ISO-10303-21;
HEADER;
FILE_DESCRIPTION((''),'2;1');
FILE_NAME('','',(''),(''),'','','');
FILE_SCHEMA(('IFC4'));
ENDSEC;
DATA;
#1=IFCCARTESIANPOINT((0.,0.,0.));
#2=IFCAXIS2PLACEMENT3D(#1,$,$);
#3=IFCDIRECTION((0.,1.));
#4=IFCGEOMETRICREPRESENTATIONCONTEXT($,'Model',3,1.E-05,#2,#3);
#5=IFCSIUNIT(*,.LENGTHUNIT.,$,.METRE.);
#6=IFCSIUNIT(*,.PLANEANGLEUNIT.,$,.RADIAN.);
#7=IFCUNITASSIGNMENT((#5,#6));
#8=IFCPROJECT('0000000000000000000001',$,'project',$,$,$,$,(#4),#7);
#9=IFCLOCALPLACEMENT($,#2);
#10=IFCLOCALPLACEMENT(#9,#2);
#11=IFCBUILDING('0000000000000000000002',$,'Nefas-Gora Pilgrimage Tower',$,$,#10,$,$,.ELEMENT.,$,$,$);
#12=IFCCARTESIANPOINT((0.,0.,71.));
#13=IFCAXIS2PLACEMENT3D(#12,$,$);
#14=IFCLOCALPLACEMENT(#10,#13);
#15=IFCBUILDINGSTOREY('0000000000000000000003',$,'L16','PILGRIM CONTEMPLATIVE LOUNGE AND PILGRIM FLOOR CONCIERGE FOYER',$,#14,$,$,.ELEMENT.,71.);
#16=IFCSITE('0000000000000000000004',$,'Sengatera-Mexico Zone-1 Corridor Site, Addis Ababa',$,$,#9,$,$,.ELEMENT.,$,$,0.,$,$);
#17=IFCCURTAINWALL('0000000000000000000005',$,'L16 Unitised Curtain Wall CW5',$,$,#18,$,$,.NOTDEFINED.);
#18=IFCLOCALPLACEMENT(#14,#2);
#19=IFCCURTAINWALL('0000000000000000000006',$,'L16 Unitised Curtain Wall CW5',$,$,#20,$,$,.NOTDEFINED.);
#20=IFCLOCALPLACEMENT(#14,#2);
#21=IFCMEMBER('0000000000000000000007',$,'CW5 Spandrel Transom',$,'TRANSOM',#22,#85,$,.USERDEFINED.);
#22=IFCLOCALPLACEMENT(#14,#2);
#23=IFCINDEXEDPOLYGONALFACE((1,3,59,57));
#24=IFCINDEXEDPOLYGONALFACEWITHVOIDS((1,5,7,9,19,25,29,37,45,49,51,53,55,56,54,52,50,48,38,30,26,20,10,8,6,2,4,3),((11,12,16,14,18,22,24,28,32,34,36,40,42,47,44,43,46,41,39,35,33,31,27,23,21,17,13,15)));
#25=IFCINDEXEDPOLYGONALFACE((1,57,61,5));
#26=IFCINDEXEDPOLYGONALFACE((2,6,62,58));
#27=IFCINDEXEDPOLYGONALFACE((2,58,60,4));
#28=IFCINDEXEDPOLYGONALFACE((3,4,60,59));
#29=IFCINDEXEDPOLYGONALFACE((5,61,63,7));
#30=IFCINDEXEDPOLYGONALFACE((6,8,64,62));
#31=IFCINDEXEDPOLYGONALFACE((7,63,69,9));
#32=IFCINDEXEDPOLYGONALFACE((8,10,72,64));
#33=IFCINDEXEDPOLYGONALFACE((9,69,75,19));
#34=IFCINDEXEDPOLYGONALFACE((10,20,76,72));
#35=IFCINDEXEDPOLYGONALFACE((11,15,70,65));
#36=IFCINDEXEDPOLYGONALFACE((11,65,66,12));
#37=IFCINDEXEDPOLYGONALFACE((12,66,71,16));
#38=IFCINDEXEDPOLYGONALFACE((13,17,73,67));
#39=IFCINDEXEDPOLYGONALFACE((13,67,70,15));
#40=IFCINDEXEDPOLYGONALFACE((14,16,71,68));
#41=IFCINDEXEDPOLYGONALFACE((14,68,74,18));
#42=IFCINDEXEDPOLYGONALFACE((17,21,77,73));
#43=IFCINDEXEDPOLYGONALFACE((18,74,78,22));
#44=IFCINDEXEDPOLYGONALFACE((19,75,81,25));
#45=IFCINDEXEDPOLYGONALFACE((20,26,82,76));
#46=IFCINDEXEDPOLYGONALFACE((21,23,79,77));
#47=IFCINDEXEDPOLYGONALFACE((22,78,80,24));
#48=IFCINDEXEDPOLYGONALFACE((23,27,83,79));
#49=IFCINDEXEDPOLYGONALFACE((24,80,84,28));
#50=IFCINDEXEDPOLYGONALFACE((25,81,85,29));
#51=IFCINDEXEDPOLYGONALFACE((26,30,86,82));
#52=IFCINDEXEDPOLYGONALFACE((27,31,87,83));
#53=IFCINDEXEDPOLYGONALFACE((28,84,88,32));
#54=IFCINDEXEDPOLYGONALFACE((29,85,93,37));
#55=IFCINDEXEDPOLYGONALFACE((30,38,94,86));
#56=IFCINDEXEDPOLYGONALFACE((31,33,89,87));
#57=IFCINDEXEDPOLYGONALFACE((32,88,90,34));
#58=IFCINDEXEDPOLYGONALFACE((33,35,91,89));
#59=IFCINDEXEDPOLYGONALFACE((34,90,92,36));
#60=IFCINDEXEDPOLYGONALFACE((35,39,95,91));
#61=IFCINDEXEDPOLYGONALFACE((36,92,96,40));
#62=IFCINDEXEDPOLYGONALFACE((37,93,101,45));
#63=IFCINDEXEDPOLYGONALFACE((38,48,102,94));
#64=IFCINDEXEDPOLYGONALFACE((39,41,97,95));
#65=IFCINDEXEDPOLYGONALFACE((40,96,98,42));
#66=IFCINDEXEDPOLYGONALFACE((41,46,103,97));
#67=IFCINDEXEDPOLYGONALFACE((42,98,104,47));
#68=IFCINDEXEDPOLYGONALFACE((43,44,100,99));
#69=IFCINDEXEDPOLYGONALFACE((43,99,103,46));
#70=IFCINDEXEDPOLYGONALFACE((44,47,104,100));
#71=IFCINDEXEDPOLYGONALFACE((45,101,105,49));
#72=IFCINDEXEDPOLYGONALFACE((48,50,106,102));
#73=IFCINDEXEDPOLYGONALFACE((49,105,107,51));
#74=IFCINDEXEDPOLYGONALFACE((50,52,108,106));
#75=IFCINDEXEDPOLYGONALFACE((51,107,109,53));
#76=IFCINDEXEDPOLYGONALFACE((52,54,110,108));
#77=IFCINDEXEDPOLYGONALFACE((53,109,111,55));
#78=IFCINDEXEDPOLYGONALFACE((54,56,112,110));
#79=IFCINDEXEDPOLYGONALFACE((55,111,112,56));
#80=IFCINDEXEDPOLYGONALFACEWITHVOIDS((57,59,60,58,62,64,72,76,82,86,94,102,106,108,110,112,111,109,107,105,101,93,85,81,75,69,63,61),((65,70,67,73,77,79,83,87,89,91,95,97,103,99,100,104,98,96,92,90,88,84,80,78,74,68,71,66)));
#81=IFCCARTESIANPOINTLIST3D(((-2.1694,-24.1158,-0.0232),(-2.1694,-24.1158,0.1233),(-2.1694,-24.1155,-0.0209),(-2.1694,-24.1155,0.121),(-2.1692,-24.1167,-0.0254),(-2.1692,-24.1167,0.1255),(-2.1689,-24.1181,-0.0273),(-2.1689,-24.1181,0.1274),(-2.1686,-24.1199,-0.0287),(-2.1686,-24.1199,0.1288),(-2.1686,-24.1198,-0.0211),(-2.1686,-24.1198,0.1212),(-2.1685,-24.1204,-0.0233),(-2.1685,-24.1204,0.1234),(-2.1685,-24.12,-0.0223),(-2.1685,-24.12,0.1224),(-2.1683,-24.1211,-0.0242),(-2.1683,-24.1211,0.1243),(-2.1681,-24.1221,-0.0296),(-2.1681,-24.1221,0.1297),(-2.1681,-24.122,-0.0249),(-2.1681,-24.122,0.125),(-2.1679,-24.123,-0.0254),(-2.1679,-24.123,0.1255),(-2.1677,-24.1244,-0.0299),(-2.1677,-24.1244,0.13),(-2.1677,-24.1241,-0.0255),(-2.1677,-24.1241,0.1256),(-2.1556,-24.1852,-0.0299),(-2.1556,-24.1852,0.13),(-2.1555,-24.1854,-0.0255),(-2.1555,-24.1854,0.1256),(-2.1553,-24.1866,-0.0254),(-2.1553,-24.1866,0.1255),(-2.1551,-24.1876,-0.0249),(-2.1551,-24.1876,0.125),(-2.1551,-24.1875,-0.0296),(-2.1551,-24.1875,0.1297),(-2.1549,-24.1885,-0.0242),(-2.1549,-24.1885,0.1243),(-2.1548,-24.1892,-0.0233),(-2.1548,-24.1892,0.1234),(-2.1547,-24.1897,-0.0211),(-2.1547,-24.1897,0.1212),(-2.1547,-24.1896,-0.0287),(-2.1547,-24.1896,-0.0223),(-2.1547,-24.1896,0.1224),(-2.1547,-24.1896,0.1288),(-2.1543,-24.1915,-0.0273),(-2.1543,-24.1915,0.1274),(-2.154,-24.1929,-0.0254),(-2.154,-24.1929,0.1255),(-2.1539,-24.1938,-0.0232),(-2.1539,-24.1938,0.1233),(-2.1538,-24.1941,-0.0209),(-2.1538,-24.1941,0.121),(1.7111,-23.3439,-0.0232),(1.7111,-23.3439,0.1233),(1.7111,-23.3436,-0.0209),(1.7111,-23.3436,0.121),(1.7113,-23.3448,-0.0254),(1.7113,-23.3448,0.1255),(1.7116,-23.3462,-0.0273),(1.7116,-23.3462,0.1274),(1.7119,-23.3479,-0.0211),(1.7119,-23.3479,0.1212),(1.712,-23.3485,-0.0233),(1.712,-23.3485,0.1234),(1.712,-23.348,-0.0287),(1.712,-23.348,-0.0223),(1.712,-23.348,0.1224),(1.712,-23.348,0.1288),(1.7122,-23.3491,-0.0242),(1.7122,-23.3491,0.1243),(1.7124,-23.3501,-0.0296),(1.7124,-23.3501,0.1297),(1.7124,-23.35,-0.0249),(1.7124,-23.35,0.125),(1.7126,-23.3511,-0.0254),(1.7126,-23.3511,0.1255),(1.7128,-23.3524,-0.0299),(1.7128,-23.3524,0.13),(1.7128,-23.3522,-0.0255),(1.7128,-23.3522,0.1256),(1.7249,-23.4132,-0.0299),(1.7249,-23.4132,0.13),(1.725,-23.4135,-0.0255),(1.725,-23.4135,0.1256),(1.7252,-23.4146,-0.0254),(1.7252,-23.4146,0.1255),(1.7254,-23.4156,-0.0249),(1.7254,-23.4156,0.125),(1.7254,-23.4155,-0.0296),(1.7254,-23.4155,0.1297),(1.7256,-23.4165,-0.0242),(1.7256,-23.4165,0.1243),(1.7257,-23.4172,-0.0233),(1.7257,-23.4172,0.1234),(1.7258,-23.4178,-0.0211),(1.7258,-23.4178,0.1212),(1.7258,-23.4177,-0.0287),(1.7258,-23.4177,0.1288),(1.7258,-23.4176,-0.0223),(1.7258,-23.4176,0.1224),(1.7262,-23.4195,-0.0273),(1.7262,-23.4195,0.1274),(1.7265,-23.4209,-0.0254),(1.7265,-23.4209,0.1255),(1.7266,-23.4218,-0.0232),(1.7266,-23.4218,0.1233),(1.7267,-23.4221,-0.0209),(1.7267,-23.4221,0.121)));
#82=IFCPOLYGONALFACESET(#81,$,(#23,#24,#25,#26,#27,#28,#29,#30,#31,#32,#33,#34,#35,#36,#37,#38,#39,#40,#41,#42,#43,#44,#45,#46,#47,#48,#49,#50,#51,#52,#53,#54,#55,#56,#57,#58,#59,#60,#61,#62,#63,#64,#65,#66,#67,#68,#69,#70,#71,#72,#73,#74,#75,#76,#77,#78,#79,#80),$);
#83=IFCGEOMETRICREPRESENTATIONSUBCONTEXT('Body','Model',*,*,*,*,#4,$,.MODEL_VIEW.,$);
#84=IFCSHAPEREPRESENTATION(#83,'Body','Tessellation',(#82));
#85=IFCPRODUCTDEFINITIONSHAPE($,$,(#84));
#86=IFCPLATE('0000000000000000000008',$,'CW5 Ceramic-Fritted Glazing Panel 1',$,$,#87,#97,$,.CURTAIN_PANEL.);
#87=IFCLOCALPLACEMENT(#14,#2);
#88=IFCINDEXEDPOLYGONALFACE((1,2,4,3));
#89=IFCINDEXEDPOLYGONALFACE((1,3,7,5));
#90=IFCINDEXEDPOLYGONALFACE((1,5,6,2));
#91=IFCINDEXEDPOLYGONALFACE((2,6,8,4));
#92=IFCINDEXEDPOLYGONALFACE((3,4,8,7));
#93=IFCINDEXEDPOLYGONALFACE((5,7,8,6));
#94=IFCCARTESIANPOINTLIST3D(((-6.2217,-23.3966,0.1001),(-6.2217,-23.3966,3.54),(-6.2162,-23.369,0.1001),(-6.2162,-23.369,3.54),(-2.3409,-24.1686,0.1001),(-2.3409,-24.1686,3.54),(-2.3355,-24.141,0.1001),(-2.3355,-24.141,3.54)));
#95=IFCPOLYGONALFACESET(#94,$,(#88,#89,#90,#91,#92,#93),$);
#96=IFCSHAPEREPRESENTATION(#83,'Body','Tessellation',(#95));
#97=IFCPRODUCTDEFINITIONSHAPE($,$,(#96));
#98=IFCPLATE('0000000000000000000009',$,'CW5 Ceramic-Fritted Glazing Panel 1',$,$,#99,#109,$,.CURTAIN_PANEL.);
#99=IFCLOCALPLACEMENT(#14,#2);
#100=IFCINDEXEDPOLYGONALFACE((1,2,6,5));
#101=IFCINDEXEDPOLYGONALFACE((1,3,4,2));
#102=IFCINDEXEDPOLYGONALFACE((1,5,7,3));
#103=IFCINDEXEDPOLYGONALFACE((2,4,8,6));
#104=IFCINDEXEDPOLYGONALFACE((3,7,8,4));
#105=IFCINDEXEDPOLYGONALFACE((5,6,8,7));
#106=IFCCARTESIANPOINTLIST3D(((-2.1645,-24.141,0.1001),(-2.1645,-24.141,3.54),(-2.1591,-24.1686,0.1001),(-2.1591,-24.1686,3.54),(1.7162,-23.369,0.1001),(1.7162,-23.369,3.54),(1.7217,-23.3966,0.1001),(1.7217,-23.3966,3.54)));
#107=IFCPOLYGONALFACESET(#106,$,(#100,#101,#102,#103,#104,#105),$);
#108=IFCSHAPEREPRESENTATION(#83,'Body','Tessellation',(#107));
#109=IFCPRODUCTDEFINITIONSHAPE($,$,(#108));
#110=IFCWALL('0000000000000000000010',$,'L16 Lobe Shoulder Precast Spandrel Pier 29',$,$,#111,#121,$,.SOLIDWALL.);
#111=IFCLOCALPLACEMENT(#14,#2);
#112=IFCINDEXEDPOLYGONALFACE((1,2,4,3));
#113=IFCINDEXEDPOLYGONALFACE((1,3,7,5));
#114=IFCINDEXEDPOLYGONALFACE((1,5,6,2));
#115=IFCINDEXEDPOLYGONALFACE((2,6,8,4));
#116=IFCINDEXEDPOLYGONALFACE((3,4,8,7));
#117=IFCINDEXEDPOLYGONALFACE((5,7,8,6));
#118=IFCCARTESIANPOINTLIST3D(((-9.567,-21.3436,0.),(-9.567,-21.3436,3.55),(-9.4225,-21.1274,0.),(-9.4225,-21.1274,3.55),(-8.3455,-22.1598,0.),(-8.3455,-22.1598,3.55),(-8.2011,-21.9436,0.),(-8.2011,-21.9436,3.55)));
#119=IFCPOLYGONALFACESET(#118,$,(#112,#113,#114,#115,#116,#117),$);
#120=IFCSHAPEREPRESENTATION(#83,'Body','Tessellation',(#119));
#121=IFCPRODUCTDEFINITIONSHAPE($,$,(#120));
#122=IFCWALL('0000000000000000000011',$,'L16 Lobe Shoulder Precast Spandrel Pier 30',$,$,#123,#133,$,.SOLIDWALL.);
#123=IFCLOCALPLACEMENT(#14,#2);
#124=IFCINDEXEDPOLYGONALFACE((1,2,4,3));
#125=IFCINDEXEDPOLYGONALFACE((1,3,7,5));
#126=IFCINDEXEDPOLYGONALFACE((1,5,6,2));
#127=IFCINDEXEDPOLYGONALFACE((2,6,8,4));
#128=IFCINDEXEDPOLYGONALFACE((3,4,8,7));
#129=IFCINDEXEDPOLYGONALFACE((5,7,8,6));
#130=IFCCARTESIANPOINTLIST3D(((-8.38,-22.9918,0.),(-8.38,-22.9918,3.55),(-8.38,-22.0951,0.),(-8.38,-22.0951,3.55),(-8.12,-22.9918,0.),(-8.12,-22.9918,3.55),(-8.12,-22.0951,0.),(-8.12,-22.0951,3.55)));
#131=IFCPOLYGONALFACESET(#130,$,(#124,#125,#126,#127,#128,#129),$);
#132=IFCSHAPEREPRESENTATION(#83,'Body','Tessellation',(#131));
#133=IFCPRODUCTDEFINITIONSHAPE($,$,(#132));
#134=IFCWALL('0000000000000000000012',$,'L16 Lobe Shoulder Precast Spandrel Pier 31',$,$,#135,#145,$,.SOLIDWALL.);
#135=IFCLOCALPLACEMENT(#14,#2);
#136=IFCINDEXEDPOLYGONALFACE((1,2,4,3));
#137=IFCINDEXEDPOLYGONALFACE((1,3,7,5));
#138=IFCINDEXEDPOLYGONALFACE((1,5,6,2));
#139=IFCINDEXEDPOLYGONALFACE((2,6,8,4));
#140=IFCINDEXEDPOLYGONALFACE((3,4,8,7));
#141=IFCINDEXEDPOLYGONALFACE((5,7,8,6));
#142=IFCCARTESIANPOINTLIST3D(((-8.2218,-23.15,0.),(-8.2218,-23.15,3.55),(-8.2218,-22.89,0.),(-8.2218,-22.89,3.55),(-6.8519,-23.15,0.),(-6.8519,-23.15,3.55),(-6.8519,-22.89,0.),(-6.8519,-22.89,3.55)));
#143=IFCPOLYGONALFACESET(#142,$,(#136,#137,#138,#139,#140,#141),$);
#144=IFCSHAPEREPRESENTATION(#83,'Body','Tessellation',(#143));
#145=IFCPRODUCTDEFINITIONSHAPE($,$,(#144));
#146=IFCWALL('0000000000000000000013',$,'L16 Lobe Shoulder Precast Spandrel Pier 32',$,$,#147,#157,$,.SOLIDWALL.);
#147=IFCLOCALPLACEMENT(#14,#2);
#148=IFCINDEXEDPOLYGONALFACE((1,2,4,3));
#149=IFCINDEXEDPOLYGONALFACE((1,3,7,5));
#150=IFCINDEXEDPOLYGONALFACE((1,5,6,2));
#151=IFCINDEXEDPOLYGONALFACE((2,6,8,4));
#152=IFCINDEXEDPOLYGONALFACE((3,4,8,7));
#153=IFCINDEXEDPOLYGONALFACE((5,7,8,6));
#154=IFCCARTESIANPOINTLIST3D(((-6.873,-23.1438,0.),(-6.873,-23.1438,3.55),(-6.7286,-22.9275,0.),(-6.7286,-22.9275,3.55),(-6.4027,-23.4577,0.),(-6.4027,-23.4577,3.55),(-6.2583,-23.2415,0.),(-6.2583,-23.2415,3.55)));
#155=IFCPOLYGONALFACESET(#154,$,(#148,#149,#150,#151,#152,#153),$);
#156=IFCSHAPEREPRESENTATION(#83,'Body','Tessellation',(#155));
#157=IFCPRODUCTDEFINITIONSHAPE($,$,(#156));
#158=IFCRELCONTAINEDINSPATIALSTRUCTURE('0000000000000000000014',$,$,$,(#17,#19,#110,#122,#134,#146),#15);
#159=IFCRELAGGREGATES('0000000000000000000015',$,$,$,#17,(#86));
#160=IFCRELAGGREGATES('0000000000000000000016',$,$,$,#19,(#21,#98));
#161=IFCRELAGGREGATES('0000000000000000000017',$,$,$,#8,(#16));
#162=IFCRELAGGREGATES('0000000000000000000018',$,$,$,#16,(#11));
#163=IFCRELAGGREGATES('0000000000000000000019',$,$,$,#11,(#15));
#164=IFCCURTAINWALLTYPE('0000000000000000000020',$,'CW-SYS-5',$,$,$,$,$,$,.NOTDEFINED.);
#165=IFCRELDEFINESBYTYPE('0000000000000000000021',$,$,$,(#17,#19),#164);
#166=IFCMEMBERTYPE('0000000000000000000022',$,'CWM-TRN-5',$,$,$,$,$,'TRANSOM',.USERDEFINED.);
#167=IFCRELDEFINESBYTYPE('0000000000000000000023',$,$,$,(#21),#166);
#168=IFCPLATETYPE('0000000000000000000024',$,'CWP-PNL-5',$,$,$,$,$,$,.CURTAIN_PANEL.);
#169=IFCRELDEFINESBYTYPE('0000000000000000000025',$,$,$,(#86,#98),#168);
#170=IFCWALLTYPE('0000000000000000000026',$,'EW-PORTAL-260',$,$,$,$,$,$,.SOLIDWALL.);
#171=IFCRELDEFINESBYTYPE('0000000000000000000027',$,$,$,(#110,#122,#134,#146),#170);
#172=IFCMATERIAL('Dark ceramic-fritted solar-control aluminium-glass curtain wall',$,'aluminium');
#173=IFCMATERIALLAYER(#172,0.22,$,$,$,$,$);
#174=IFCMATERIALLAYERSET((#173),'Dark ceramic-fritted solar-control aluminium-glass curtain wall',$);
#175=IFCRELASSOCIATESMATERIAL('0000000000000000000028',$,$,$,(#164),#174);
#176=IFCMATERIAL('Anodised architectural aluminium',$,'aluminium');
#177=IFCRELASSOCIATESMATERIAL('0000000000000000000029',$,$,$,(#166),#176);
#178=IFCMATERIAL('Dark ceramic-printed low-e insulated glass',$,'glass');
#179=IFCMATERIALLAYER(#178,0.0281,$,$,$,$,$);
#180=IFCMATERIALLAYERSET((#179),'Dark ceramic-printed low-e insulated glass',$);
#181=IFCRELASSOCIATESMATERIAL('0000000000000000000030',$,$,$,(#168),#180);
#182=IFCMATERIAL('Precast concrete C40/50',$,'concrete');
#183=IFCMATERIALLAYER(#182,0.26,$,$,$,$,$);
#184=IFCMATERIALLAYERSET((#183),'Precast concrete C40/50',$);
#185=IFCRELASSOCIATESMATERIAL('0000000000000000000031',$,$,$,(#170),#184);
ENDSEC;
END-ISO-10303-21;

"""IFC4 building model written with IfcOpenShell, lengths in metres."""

from ifc_helpers import new_model, si_unit, direction, frame, frame_2d, origin, origin_2d, place, context, subcontext, project, spatial, rectangle, hollow_rectangle, extrude, source, transform, mapped, material, layer, layer_set, material_profile, profile_set, type_object, element, aggregate, save


model = new_model("IFC4")

# Units and contexts
model_context = context("Model", 3, precision=1e-05, world=origin(), true_north=direction((0.0, 1.0)))
body_context = subcontext(model_context, "Body", "Model", "MODEL_VIEW")
ifc_project = project(units=[si_unit("LENGTHUNIT", "METRE"), si_unit("PLANEANGLEUNIT", "RADIAN")], contexts=[model_context])

# Site, building, storey
site_placement = place(None, origin())
site = spatial("IfcSite", under=ifc_project, at=site_placement, Name="Sengatera-Mexico Zone-1 Corridor Site, Addis Ababa", CompositionType="ELEMENT", RefElevation=0.0)
building_placement = place(site_placement, origin())
building = spatial("IfcBuilding", under=site, at=building_placement, Name="Nefas-Gora Pilgrimage Tower", CompositionType="ELEMENT")
storey_placement = place(building_placement, frame((0.0, 0.0, 71.0)))
storey = spatial("IfcBuildingStorey", under=building, at=storey_placement, Name="L16", Description="PILGRIM CONTEMPLATIVE LOUNGE AND PILGRIM FLOOR CONCIERGE FOYER", CompositionType="ELEMENT", Elevation=71.0)

# Shared definitions
ifc_material_1 = material(Name="Dark ceramic-fritted solar-control aluminium-glass curtain wall", Category="aluminium")
ifc_layer_1 = layer(ifc_material_1, 0.22)
ifc_layer_set_1 = layer_set([ifc_layer_1], Name="Dark ceramic-fritted solar-control aluminium-glass curtain wall")
curtain_wall_type = type_object("IfcCurtainWallType", Name="CW-SYS-5", PredefinedType="NOTDEFINED", material=ifc_layer_set_1)
ifc_material_2 = material(Name="Anodised architectural aluminium", Category="aluminium")

# Curtain wall
curtain_wall_1_placement = place(storey_placement, origin())
curtain_wall_1 = element("IfcCurtainWall", 1, at=curtain_wall_1_placement, inside=storey, type_object=curtain_wall_type, Name="L16 Unitised Curtain Wall CW5", PredefinedType="NOTDEFINED")

# Curtain wall
curtain_wall_2_placement = place(storey_placement, origin())
curtain_wall_2 = element("IfcCurtainWall", 2, at=curtain_wall_2_placement, inside=storey, type_object=curtain_wall_type, Name="L16 Unitised Curtain Wall CW5", PredefinedType="NOTDEFINED")

# Member
ifc_material_profile_1 = material_profile(ifc_material_2, hollow_rectangle(XDim=0.0801, YDim=0.1599, WallThickness=0.0044, InnerFilletRadius=0.0044, OuterFilletRadius=0.009, at=origin_2d()), Name="ALU TRANSOM 80x160")
ifc_profile_set_1 = profile_set([ifc_material_profile_1], Name="Anodised architectural aluminium")
member_type_1 = type_object("IfcMemberType", Name="CWM-TRN-5", ElementType="TRANSOM", PredefinedType="USERDEFINED", material=ifc_profile_set_1)
shared_shape_1 = source(origin(), body_context, "Body", "SweptSolid", [
    extrude(hollow_rectangle(XDim=0.0801, YDim=0.1599, WallThickness=0.0044, InnerFilletRadius=0.0044, OuterFilletRadius=0.009, at=origin_2d()), origin(), (0.0, 0.0, 1.0), 3.9565),
])
member_1_placement = place(storey_placement, frame((-2.1616, -24.1548, 0.05), z_axis=(0.980782, 0.195107, 0.0), x_axis=(-0.195107, 0.980782, 0.0)))
member_1 = element("IfcMember", 3, at=member_1_placement, type_object=member_type_1, Name="CW5 Spandrel Transom", ObjectType="TRANSOM", PredefinedType="USERDEFINED", context=body_context, shape_type="MappedRepresentation", body=[
    mapped(shared_shape_1, transform((0.0, 0.0, 0.0), x_axis=(1.0, 0.0, 0.0), y_axis=(0.0, 1.0, 0.0), z_axis=(0.0, 0.0, 1.0), scale=1.0)),
])

# Plates
ifc_material_3 = material(Name="Dark ceramic-printed low-e insulated glass", Category="glass")
ifc_layer_2 = layer(ifc_material_3, 0.0281)
ifc_layer_set_2 = layer_set([ifc_layer_2], Name="Dark ceramic-printed low-e insulated glass")
plate_type = type_object("IfcPlateType", Name="CWP-PNL-5", PredefinedType="CURTAIN_PANEL", material=ifc_layer_set_2)
shared_shape_2 = source(origin(), body_context, "Body", "SweptSolid", [
    extrude(rectangle(XDim=3.9568, YDim=0.0281, at=origin_2d()), origin(), (0.0, 0.0, 1.0), 3.4399),
])
plate_1_placement = place(storey_placement, frame((-4.2786, -23.7688, 0.1001), z_axis=(0.0, 0.0, 1.0), x_axis=(0.980783, -0.195102, 0.0)))
plate_1 = element("IfcPlate", 4, at=plate_1_placement, type_object=plate_type, Name="CW5 Ceramic-Fritted Glazing Panel 1", PredefinedType="CURTAIN_PANEL", context=body_context, shape_type="MappedRepresentation", body=[
    mapped(shared_shape_2, transform((0.0, 0.0, 0.0), x_axis=(1.0, 0.0, 0.0), y_axis=(0.0, 1.0, 0.0), z_axis=(0.0, 0.0, 1.0), scale=1.0)),
])
aggregate(curtain_wall_1, [plate_1])
plate_2_placement = place(storey_placement, frame((-0.2214, -23.7688, 0.1001), z_axis=(0.0, 0.0, 1.0), x_axis=(0.980783, 0.195102, 0.0)))
plate_2 = element("IfcPlate", 5, at=plate_2_placement, type_object=plate_type, Name="CW5 Ceramic-Fritted Glazing Panel 1", PredefinedType="CURTAIN_PANEL", context=body_context, shape_type="MappedRepresentation", body=[
    mapped(shared_shape_2, transform((0.0, 0.0, 0.0), x_axis=(1.0, 0.0, 0.0), y_axis=(0.0, 1.0, 0.0), z_axis=(0.0, 0.0, 1.0), scale=1.0)),
])
aggregate(curtain_wall_2, [member_1, plate_2])

# Walls
ifc_material_4 = material(Name="Precast concrete C40/50", Category="concrete")
ifc_layer_3 = layer(ifc_material_4, 0.26)
ifc_layer_set_3 = layer_set([ifc_layer_3], Name="Precast concrete C40/50")
wall_type_1 = type_object("IfcWallType", Name="EW-PORTAL-260", PredefinedType="SOLIDWALL", material=ifc_layer_set_3)
shared_shape_3 = source(origin(), body_context, "Body", "SweptSolid", [
    extrude(rectangle(XDim=1.469, YDim=0.26, at=frame_2d((0.7344, 0.0))), origin(), (0.0, 0.0, 1.0), 3.55),
])
wall_1_placement = place(storey_placement, frame((-9.4946, -21.2356, 0.0), z_axis=(0.0, 0.0, 1.0), x_axis=(0.831462, -0.555582, 0.0)))
element("IfcWall", 6, at=wall_1_placement, inside=storey, type_object=wall_type_1, Name="L16 Lobe Shoulder Precast Spandrel Pier 29", PredefinedType="SOLIDWALL", context=body_context, shape_type="MappedRepresentation", body=[
    mapped(shared_shape_3, transform((0.0, 0.0, 0.0), x_axis=(1.0, 0.0, 0.0), y_axis=(0.0, 1.0, 0.0), z_axis=(0.0, 0.0, 1.0), scale=1.0)),
])
shared_shape_4 = source(origin(), body_context, "Body", "SweptSolid", [
    extrude(rectangle(XDim=0.8967, YDim=0.26, at=frame_2d((0.4482, 0.0))), origin(), (0.0, 0.0, 1.0), 3.55),
])
wall_2_placement = place(storey_placement, frame((-8.25, -22.0952, 0.0), z_axis=(0.0, 0.0, 1.0), x_axis=(0.0, -1.0, 0.0)))
element("IfcWall", 7, at=wall_2_placement, inside=storey, type_object=wall_type_1, Name="L16 Lobe Shoulder Precast Spandrel Pier 30", PredefinedType="SOLIDWALL", context=body_context, shape_type="MappedRepresentation", body=[
    mapped(shared_shape_4, transform((0.0, 0.0, 0.0), x_axis=(1.0, 0.0, 0.0), y_axis=(0.0, 1.0, 0.0), z_axis=(0.0, 0.0, 1.0), scale=1.0)),
])
shared_shape_5 = source(origin(), body_context, "Body", "SweptSolid", [
    extrude(rectangle(XDim=1.3699, YDim=0.26, at=frame_2d((0.6851, 0.0))), origin(), (0.0, 0.0, 1.0), 3.55),
])
wall_3_placement = place(storey_placement, frame((-8.2219, -23.02, 0.0), z_axis=(0.0, 0.0, 1.0), x_axis=(1.0, 0.0, 0.0)))
element("IfcWall", 8, at=wall_3_placement, inside=storey, type_object=wall_type_1, Name="L16 Lobe Shoulder Precast Spandrel Pier 31", PredefinedType="SOLIDWALL", context=body_context, shape_type="MappedRepresentation", body=[
    mapped(shared_shape_5, transform((0.0, 0.0, 0.0), x_axis=(1.0, 0.0, 0.0), y_axis=(0.0, 1.0, 0.0), z_axis=(0.0, 0.0, 1.0), scale=1.0)),
])
shared_shape_6 = source(origin(), body_context, "Body", "SweptSolid", [
    extrude(rectangle(XDim=0.5654, YDim=0.26, at=frame_2d((0.2827, 0.0))), origin(), (0.0, 0.0, 1.0), 3.55),
])
wall_4_placement = place(storey_placement, frame((-6.8008, -23.0356, 0.0), z_axis=(0.0, 0.0, 1.0), x_axis=(0.831651, -0.555298, 0.0)))
element("IfcWall", 9, at=wall_4_placement, inside=storey, type_object=wall_type_1, Name="L16 Lobe Shoulder Precast Spandrel Pier 32", PredefinedType="SOLIDWALL", context=body_context, shape_type="MappedRepresentation", body=[
    mapped(shared_shape_6, transform((0.0, 0.0, 0.0), x_axis=(1.0, 0.0, 0.0), y_axis=(0.0, 1.0, 0.0), z_axis=(0.0, 0.0, 1.0), scale=1.0)),
])

save(model, "model.ifc")
